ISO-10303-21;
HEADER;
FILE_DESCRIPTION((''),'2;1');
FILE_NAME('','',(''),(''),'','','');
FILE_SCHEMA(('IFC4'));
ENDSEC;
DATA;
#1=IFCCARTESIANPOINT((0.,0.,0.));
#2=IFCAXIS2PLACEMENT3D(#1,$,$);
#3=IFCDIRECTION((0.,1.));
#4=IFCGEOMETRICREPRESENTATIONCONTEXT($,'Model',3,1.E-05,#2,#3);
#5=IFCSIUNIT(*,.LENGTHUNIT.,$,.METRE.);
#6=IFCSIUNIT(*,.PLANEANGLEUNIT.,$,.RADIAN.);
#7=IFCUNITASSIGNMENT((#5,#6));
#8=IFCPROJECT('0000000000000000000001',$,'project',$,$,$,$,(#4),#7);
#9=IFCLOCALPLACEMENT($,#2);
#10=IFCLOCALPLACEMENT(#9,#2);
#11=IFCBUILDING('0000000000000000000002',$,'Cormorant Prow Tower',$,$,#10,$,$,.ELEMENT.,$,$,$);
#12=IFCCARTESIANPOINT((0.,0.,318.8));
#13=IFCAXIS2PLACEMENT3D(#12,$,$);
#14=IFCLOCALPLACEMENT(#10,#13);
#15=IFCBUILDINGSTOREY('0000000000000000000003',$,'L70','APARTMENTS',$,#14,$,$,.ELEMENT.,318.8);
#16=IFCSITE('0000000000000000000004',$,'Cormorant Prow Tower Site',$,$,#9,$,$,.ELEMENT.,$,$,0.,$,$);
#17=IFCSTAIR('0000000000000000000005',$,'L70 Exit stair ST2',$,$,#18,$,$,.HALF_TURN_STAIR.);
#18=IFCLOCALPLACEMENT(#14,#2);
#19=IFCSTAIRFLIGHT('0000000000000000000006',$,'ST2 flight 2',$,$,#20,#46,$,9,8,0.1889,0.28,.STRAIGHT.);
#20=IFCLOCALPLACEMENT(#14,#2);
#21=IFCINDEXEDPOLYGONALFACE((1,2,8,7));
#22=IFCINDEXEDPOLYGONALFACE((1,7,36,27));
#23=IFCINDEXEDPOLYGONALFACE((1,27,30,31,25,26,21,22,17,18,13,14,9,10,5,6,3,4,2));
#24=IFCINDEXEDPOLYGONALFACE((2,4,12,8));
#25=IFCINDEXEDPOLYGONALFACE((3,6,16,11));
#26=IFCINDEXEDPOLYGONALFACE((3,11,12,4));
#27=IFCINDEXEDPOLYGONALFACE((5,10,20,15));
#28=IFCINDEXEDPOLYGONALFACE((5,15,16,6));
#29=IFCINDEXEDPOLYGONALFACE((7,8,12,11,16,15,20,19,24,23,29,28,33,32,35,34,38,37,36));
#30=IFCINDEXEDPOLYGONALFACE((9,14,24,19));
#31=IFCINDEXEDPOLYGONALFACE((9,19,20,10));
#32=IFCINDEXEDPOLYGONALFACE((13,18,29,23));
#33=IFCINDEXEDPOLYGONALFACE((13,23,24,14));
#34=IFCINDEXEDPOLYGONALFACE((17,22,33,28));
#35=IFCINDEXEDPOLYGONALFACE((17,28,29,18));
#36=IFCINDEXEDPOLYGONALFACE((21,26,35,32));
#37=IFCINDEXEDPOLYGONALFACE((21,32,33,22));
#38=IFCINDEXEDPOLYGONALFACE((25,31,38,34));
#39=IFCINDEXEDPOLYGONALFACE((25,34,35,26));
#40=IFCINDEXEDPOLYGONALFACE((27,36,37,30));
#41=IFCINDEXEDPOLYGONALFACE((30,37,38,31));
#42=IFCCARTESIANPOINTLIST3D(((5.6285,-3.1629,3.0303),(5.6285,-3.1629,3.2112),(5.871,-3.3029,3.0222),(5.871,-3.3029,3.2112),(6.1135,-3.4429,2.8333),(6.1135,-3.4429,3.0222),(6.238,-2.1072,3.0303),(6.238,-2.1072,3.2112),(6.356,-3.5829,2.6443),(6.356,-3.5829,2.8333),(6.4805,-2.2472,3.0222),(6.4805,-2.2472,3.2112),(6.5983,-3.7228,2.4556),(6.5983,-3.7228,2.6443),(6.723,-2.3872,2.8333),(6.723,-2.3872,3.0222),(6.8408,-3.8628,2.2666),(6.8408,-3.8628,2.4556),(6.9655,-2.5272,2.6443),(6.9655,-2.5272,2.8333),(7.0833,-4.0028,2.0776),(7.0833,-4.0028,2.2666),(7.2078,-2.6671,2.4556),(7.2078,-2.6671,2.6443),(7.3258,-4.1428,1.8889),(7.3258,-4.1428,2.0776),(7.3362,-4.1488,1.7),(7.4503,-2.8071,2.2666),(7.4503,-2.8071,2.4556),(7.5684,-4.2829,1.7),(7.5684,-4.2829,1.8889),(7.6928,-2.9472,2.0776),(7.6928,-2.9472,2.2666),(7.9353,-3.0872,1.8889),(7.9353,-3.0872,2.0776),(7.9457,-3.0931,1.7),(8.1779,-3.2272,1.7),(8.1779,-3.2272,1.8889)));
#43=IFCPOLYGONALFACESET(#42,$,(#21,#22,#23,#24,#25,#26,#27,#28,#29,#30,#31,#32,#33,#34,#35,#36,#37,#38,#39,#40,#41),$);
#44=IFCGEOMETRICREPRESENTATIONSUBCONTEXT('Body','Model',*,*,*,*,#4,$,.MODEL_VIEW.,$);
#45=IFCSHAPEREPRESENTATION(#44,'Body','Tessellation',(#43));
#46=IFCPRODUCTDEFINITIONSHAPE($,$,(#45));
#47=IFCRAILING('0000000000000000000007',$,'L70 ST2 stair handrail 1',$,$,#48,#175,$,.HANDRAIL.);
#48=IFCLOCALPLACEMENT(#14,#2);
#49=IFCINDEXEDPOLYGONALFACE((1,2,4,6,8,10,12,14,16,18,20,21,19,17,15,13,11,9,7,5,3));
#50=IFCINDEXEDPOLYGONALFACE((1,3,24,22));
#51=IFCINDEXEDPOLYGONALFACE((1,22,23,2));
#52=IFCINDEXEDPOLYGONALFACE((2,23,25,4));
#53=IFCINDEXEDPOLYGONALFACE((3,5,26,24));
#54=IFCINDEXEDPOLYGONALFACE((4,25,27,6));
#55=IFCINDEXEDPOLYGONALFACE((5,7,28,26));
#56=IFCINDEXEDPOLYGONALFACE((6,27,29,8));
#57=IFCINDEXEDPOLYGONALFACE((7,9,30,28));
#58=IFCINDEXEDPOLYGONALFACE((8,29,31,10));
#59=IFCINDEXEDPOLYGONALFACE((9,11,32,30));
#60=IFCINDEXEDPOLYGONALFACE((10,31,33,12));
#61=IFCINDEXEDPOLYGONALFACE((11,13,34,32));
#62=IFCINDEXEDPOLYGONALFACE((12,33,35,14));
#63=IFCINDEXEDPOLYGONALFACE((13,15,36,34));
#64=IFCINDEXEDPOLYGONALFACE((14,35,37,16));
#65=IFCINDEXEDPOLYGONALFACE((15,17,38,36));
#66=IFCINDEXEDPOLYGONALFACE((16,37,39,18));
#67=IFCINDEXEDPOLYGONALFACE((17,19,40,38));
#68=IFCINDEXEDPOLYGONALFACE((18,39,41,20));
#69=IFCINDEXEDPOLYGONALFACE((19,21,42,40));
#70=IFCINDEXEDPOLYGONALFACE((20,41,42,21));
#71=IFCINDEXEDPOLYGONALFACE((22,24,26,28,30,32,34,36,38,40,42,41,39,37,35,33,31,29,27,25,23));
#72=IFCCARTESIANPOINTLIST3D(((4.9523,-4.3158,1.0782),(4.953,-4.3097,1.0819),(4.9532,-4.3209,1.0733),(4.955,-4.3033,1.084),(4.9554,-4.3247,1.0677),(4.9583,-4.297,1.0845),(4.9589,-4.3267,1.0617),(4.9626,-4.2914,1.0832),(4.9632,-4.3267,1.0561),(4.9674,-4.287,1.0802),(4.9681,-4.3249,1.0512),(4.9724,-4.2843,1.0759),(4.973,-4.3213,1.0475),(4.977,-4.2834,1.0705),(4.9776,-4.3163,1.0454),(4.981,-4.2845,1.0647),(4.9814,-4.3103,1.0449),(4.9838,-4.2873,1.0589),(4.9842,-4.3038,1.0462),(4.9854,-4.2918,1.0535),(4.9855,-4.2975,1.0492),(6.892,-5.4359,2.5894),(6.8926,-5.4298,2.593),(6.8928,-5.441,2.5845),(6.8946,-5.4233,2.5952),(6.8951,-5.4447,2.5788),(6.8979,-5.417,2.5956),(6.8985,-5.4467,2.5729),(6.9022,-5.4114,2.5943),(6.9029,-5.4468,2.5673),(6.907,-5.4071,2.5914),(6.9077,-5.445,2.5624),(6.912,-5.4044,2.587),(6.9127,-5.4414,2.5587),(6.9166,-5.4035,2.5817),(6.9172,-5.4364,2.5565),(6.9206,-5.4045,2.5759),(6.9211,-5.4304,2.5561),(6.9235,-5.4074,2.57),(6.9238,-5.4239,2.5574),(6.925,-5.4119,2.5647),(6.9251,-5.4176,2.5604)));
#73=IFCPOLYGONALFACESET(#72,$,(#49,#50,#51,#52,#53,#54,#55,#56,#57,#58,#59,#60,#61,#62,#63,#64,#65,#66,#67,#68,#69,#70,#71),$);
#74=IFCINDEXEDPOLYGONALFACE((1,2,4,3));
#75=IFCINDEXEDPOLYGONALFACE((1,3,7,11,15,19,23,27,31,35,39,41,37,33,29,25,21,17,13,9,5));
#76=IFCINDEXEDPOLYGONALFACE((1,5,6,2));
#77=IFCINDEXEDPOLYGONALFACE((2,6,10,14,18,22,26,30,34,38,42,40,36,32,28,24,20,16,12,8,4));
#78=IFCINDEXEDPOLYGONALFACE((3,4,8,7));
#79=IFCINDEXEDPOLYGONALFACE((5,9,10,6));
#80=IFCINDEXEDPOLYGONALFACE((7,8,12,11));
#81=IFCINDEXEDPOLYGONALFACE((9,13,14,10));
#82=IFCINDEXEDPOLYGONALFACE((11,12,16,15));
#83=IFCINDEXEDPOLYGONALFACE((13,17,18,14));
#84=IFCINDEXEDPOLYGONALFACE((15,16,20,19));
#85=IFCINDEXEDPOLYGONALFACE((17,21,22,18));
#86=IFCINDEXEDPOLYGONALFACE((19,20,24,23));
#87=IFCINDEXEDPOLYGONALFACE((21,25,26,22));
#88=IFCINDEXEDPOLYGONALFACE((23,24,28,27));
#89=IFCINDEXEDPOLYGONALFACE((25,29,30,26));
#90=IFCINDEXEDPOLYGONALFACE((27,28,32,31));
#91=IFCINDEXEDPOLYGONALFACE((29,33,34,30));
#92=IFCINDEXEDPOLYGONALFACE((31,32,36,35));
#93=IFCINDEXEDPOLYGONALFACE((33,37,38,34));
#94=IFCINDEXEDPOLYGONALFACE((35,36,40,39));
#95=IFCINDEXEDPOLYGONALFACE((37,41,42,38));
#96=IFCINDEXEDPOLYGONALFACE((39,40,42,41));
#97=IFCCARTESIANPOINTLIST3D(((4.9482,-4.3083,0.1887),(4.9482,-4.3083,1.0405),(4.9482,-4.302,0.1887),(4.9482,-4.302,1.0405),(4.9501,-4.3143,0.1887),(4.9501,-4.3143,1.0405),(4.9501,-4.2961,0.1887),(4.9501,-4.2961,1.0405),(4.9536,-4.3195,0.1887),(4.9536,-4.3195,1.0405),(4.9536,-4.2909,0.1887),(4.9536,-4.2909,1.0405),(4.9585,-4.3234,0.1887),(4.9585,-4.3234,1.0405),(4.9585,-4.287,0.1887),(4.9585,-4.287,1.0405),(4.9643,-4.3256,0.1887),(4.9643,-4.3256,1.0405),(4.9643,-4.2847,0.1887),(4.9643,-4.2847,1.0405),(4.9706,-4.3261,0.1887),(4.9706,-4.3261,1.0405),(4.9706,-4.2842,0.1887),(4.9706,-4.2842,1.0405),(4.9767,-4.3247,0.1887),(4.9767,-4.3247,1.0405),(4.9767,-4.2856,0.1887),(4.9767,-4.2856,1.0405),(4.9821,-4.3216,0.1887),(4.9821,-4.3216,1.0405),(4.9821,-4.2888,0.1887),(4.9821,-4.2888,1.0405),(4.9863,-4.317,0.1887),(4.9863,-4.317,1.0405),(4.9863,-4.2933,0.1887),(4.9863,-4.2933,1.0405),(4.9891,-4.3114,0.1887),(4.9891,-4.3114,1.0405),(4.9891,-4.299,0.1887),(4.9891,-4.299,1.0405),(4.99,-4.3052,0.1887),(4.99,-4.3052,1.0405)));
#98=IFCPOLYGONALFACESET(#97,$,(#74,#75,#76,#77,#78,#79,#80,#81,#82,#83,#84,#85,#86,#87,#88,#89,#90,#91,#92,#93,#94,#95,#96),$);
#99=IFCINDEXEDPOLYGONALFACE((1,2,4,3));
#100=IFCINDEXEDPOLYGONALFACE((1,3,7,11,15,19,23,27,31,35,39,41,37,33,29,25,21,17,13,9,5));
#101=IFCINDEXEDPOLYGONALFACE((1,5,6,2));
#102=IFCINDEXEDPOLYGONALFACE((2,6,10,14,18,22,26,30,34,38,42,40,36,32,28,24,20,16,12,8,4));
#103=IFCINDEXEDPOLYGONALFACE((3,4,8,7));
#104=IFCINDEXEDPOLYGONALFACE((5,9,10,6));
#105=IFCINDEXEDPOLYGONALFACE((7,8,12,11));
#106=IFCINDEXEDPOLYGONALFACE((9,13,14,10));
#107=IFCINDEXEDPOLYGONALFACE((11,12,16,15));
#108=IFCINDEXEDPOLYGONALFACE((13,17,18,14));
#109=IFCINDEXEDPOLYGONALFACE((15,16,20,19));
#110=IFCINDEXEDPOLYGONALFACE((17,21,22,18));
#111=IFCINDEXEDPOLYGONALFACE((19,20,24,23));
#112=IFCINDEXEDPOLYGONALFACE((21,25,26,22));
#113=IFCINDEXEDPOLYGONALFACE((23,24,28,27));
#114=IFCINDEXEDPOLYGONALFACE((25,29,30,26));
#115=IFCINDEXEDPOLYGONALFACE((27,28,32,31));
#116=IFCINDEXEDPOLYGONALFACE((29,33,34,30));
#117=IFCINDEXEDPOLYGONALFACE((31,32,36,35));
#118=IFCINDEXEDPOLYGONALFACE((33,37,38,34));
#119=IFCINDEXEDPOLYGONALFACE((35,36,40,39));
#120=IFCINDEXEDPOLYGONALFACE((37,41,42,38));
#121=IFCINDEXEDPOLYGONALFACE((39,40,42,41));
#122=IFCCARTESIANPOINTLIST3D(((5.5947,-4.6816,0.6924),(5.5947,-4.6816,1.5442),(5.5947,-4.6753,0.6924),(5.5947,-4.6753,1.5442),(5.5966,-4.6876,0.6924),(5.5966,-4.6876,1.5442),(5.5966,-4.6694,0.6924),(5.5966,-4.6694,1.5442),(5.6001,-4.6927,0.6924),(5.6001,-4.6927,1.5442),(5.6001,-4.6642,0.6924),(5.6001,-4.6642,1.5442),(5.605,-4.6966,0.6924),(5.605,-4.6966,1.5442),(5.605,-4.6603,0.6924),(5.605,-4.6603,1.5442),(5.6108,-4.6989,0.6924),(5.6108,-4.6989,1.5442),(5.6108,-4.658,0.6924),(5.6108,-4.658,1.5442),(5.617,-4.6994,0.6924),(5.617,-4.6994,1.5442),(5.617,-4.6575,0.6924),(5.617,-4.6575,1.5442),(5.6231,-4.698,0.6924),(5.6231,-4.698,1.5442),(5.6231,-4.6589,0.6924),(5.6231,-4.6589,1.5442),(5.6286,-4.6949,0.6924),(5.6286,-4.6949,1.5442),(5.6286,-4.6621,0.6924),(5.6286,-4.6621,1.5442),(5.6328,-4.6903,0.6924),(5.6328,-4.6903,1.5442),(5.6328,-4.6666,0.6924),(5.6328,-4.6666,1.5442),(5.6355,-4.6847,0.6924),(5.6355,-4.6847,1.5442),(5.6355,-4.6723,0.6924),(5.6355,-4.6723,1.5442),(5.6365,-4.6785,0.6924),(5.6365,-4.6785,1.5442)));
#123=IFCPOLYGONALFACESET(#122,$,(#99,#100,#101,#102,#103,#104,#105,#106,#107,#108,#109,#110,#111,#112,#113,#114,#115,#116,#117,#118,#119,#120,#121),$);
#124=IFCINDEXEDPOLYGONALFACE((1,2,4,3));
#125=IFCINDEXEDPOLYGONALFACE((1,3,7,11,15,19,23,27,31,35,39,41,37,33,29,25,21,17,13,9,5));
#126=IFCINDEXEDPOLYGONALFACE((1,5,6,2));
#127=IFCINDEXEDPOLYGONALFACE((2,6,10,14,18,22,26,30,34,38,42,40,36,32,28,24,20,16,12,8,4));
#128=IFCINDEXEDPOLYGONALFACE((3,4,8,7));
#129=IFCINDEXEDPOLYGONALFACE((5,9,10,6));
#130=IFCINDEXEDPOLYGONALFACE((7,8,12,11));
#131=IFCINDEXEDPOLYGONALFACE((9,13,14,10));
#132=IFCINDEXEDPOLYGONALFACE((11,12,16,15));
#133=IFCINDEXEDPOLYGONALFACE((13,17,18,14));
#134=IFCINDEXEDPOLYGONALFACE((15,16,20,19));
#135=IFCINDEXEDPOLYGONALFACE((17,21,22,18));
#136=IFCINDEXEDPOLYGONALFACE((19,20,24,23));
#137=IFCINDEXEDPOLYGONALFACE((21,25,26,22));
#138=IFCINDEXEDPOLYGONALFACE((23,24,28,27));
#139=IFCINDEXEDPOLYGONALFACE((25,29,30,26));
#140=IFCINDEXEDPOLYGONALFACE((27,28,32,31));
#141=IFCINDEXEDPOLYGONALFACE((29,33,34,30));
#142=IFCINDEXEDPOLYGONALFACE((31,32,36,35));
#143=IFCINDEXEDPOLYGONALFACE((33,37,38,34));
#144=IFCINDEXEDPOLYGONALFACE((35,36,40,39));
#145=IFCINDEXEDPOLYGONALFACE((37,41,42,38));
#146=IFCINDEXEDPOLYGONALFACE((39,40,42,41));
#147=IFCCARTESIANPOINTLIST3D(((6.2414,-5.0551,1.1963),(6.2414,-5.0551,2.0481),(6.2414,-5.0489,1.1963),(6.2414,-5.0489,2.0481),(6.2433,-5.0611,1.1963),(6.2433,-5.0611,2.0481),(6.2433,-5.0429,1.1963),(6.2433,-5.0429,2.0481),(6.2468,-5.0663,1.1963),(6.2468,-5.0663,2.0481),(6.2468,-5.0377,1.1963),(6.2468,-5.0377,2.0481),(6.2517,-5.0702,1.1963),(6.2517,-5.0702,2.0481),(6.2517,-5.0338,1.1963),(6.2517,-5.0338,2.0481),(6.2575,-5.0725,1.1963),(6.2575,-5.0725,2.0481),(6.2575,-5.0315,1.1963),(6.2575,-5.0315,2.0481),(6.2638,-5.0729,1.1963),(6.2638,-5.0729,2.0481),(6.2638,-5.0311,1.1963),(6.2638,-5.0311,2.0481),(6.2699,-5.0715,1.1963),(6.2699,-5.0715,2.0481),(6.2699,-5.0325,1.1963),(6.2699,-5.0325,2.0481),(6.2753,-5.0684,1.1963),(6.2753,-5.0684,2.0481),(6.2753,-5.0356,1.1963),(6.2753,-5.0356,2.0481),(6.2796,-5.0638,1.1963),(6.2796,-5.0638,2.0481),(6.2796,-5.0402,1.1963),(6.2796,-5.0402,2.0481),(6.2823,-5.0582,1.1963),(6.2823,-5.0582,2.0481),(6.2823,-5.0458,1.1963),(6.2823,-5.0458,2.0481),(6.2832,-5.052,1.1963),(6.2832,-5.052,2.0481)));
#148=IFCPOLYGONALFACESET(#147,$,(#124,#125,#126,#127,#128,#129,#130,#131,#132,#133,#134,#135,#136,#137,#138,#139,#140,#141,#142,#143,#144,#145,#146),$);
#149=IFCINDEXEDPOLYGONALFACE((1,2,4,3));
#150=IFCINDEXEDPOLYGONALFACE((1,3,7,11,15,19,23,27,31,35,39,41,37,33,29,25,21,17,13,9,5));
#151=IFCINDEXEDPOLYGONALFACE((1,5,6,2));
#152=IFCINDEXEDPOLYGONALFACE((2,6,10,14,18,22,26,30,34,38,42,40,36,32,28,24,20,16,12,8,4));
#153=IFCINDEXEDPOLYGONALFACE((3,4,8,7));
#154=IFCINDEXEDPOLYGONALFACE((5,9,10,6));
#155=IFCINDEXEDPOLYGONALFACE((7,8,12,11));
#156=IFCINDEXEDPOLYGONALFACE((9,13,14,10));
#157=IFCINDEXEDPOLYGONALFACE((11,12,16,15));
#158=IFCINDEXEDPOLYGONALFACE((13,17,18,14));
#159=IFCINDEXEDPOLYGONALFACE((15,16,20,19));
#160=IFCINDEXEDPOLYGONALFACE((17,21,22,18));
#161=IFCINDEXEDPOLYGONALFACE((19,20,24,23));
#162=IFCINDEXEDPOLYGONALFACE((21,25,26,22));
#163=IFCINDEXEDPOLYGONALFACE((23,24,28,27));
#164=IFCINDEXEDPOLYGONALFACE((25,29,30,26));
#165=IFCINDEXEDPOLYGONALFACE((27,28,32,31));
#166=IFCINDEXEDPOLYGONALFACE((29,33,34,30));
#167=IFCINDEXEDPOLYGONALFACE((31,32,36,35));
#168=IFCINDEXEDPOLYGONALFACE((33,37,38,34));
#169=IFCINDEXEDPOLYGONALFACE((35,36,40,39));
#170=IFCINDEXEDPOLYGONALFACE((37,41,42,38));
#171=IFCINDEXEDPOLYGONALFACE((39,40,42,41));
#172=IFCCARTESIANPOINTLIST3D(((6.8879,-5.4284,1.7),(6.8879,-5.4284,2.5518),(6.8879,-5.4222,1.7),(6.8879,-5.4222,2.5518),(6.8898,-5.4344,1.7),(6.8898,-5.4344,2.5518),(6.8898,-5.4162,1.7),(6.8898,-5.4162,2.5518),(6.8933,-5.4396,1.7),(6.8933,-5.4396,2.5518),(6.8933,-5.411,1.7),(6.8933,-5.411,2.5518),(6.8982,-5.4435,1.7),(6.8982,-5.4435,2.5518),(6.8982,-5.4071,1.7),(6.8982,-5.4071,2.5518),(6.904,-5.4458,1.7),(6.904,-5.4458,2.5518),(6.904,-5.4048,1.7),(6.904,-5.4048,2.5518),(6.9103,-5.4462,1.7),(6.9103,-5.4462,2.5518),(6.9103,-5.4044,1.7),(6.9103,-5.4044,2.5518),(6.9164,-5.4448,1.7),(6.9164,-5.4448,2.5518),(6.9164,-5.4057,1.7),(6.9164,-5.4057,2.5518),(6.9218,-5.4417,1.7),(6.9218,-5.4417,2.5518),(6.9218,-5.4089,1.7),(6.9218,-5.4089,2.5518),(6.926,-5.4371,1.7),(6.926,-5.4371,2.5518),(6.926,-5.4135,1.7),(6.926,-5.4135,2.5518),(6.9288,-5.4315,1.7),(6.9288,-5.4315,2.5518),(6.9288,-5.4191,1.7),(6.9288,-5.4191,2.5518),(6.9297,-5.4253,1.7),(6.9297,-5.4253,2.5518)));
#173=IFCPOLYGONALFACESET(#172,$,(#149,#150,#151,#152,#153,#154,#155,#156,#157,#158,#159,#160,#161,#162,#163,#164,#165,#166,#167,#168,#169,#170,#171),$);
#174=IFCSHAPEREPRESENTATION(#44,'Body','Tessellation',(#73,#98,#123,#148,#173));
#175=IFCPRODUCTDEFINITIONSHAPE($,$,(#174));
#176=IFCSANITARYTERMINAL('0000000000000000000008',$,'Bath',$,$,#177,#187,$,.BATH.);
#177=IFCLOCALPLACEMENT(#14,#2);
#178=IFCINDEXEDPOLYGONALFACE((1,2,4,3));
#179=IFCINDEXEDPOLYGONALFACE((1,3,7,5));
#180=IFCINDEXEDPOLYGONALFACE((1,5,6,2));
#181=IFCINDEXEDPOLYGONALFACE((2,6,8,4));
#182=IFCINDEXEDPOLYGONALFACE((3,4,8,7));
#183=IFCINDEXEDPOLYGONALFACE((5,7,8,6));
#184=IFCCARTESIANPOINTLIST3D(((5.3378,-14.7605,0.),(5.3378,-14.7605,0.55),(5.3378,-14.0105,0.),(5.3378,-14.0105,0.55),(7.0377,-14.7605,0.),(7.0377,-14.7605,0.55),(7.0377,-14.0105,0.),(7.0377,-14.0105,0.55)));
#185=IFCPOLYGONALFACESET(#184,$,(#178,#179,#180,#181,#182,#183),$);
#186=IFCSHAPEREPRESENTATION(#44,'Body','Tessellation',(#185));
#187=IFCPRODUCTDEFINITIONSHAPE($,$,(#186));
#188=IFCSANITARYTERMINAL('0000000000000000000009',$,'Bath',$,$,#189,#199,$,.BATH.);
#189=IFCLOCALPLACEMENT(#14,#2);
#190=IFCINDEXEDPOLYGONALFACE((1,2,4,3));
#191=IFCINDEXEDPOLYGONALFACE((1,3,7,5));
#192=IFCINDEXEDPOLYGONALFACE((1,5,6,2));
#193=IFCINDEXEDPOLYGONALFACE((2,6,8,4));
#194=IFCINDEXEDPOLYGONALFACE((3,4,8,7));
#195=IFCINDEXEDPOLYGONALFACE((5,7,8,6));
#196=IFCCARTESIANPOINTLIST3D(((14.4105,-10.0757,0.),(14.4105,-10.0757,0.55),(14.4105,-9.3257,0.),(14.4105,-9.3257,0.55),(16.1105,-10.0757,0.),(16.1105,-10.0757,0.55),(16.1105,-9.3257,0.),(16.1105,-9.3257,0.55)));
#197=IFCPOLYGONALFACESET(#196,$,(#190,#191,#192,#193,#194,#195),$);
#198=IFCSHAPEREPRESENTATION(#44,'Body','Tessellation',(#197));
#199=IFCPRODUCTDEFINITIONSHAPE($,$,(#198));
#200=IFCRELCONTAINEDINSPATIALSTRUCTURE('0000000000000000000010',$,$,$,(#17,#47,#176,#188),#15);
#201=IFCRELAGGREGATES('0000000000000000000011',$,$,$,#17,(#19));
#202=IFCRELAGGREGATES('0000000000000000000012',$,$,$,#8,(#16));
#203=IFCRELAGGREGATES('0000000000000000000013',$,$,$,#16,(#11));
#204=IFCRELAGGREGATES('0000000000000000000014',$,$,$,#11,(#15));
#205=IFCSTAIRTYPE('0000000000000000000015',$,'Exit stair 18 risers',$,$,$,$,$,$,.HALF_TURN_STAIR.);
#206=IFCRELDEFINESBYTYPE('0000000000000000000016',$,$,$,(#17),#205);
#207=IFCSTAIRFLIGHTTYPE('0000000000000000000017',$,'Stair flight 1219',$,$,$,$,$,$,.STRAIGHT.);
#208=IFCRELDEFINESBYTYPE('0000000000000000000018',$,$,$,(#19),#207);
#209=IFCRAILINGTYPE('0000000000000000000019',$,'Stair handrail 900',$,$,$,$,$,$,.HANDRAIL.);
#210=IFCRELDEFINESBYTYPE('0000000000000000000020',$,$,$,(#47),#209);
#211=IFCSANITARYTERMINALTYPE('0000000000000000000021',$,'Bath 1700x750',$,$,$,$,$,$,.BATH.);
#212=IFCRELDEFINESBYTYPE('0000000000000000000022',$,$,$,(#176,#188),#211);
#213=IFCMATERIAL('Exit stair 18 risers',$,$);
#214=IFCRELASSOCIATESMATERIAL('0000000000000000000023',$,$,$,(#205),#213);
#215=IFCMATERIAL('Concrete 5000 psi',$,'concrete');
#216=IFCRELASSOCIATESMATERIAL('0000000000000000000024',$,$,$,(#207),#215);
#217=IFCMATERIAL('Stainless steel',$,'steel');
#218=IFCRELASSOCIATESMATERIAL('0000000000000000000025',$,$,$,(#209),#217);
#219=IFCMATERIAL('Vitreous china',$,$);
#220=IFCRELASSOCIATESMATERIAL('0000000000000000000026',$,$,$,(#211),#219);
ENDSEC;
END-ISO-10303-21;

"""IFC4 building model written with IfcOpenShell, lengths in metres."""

from ifc_helpers import new_model, si_unit, direction, frame, origin, origin_2d, place, context, subcontext, project, spatial, polyline, rectangle, circle, outline, extrude, material, type_object, element, aggregate, save


model = new_model("IFC4")

# Units and contexts
model_context = context("Model", 3, precision=1e-05, world=origin(), true_north=direction((0.0, 1.0)))
body_context = subcontext(model_context, "Body", "Model", "MODEL_VIEW")
ifc_project = project(units=[si_unit("LENGTHUNIT", "METRE"), si_unit("PLANEANGLEUNIT", "RADIAN")], contexts=[model_context])

# Site, building, storey
site_placement = place(None, origin())
site = spatial("IfcSite", under=ifc_project, at=site_placement, Name="Cormorant Prow Tower Site", CompositionType="ELEMENT", RefElevation=0.0)
building_placement = place(site_placement, origin())
building = spatial("IfcBuilding", under=site, at=building_placement, Name="Cormorant Prow Tower", CompositionType="ELEMENT")
storey_placement = place(building_placement, frame((0.0, 0.0, 318.8)))
storey = spatial("IfcBuildingStorey", under=building, at=storey_placement, Name="L70", Description="APARTMENTS", CompositionType="ELEMENT", Elevation=318.8)

# Stair, stair flight
ifc_material_1 = material(Name="Exit stair 18 risers")
stair_type = type_object("IfcStairType", Name="Exit stair 18 risers", PredefinedType="HALF_TURN_STAIR", material=ifc_material_1)
stair_placement = place(storey_placement, origin())
stair = element("IfcStair", 1, at=stair_placement, inside=storey, type_object=stair_type, Name="L70 Exit stair ST2", PredefinedType="HALF_TURN_STAIR")
ifc_material_2 = material(Name="Concrete 5000 psi", Category="concrete")
stair_flight_type = type_object("IfcStairFlightType", Name="Stair flight 1219", PredefinedType="STRAIGHT", material=ifc_material_2)
stair_flight_1_placement = place(storey_placement, frame((7.873, -3.7551, 1.7), z_axis=(0.0, 0.0, 1.0), x_axis=(-0.866025, 0.5, 0.0)))
stair_flight_1 = element("IfcStairFlight", 2, at=stair_flight_1_placement, type_object=stair_flight_type, Name="ST2 flight 2", NumberOfRisers=9, NumberOfTreads=8, PredefinedType="STRAIGHT", RiserHeight=0.1889, TreadLength=0.28, context=body_context, shape_type="SweptSolid", body=[
    extrude(outline(polyline([(0.0, 0.0), (0.0, 0.189), (0.28, 0.189), (0.28, 0.3777), (0.5601, 0.3777), (0.5601, 0.5667), (0.8401, 0.5667), (0.8401, 0.7556), (1.1201, 0.7556), (1.1201, 0.9443), (1.3999, 0.9443), (1.3999, 1.1333), (1.6799, 1.1333), (1.6799, 1.3223), (1.96, 1.3223), (1.96, 1.5112), (2.24, 1.5112), (2.24, 1.7), (2.24, 1.3303), (0.2681, 0.0), (0.0, 0.0)])), frame((0.0, 0.6094, 0.0), z_axis=(0.0, -1.0, 0.0), x_axis=(1.0, 0.0, 0.0)), (0.0, 0.0, 1.0), 1.219),
])
aggregate(stair, [stair_flight_1])

# Railing
ifc_material_3 = material(Name="Stainless steel", Category="steel")
railing_type = type_object("IfcRailingType", Name="Stair handrail 900", PredefinedType="HANDRAIL", material=ifc_material_3)
railing_placement = place(storey_placement, frame((4.969, -4.3052, 0.1887)))
element("IfcRailing", 3, at=railing_placement, inside=storey, type_object=railing_type, Name="L70 ST2 stair handrail 1", PredefinedType="HANDRAIL", context=body_context, shape_type="SweptSolid", body=[
    extrude(circle(Radius=0.0239, at=origin_2d()), frame((0.0, 0.0, 0.876), z_axis=(0.71787, -0.414548, 0.559297), x_axis=(0.500078, 0.86598, 0.0)), (0.0, 0.0, 1.0), 2.7019),
    extrude(circle(Radius=0.021, at=origin_2d()), origin(), (0.0, 0.0, 1.0), 0.8518),
    extrude(circle(Radius=0.021, at=origin_2d()), frame((0.6465, -0.3733, 0.5037)), (0.0, 0.0, 1.0), 0.8518),
    extrude(circle(Radius=0.021, at=origin_2d()), frame((1.2932, -0.7468, 1.0076)), (0.0, 0.0, 1.0), 0.8518),
    extrude(circle(Radius=0.021, at=origin_2d()), frame((1.9397, -1.1201, 1.5112)), (0.0, 0.0, 1.0), 0.8518),
])

# Sanitary terminals
ifc_material_4 = material(Name="Vitreous china")
sanitary_terminal_type_1 = type_object("IfcSanitaryTerminalType", Name="Bath 1700x750", PredefinedType="BATH", material=ifc_material_4)
for number, where, z_axis, x_axis, name in (
    (4, (6.1877, -14.3855, 0.0), (0.0, 0.0, 1.0), (1.0, 0.0, 0.0), "Bath"),
    (5, (15.2605, -9.7007, 0.0), (0.0, 0.0, 1.0), (1.0, 0.0, 0.0), "Bath"),
):
    element("IfcSanitaryTerminal", number, at=place(storey_placement, frame(where, z_axis=z_axis, x_axis=x_axis)), inside=storey, type_object=sanitary_terminal_type_1, Name=name, PredefinedType="BATH", context=body_context, shape_type="SweptSolid", body=[
        extrude(rectangle(XDim=1.7, YDim=0.75, at=origin_2d()), origin(), (0.0, 0.0, 1.0), 0.55),
    ])

save(model, "model.ifc")
